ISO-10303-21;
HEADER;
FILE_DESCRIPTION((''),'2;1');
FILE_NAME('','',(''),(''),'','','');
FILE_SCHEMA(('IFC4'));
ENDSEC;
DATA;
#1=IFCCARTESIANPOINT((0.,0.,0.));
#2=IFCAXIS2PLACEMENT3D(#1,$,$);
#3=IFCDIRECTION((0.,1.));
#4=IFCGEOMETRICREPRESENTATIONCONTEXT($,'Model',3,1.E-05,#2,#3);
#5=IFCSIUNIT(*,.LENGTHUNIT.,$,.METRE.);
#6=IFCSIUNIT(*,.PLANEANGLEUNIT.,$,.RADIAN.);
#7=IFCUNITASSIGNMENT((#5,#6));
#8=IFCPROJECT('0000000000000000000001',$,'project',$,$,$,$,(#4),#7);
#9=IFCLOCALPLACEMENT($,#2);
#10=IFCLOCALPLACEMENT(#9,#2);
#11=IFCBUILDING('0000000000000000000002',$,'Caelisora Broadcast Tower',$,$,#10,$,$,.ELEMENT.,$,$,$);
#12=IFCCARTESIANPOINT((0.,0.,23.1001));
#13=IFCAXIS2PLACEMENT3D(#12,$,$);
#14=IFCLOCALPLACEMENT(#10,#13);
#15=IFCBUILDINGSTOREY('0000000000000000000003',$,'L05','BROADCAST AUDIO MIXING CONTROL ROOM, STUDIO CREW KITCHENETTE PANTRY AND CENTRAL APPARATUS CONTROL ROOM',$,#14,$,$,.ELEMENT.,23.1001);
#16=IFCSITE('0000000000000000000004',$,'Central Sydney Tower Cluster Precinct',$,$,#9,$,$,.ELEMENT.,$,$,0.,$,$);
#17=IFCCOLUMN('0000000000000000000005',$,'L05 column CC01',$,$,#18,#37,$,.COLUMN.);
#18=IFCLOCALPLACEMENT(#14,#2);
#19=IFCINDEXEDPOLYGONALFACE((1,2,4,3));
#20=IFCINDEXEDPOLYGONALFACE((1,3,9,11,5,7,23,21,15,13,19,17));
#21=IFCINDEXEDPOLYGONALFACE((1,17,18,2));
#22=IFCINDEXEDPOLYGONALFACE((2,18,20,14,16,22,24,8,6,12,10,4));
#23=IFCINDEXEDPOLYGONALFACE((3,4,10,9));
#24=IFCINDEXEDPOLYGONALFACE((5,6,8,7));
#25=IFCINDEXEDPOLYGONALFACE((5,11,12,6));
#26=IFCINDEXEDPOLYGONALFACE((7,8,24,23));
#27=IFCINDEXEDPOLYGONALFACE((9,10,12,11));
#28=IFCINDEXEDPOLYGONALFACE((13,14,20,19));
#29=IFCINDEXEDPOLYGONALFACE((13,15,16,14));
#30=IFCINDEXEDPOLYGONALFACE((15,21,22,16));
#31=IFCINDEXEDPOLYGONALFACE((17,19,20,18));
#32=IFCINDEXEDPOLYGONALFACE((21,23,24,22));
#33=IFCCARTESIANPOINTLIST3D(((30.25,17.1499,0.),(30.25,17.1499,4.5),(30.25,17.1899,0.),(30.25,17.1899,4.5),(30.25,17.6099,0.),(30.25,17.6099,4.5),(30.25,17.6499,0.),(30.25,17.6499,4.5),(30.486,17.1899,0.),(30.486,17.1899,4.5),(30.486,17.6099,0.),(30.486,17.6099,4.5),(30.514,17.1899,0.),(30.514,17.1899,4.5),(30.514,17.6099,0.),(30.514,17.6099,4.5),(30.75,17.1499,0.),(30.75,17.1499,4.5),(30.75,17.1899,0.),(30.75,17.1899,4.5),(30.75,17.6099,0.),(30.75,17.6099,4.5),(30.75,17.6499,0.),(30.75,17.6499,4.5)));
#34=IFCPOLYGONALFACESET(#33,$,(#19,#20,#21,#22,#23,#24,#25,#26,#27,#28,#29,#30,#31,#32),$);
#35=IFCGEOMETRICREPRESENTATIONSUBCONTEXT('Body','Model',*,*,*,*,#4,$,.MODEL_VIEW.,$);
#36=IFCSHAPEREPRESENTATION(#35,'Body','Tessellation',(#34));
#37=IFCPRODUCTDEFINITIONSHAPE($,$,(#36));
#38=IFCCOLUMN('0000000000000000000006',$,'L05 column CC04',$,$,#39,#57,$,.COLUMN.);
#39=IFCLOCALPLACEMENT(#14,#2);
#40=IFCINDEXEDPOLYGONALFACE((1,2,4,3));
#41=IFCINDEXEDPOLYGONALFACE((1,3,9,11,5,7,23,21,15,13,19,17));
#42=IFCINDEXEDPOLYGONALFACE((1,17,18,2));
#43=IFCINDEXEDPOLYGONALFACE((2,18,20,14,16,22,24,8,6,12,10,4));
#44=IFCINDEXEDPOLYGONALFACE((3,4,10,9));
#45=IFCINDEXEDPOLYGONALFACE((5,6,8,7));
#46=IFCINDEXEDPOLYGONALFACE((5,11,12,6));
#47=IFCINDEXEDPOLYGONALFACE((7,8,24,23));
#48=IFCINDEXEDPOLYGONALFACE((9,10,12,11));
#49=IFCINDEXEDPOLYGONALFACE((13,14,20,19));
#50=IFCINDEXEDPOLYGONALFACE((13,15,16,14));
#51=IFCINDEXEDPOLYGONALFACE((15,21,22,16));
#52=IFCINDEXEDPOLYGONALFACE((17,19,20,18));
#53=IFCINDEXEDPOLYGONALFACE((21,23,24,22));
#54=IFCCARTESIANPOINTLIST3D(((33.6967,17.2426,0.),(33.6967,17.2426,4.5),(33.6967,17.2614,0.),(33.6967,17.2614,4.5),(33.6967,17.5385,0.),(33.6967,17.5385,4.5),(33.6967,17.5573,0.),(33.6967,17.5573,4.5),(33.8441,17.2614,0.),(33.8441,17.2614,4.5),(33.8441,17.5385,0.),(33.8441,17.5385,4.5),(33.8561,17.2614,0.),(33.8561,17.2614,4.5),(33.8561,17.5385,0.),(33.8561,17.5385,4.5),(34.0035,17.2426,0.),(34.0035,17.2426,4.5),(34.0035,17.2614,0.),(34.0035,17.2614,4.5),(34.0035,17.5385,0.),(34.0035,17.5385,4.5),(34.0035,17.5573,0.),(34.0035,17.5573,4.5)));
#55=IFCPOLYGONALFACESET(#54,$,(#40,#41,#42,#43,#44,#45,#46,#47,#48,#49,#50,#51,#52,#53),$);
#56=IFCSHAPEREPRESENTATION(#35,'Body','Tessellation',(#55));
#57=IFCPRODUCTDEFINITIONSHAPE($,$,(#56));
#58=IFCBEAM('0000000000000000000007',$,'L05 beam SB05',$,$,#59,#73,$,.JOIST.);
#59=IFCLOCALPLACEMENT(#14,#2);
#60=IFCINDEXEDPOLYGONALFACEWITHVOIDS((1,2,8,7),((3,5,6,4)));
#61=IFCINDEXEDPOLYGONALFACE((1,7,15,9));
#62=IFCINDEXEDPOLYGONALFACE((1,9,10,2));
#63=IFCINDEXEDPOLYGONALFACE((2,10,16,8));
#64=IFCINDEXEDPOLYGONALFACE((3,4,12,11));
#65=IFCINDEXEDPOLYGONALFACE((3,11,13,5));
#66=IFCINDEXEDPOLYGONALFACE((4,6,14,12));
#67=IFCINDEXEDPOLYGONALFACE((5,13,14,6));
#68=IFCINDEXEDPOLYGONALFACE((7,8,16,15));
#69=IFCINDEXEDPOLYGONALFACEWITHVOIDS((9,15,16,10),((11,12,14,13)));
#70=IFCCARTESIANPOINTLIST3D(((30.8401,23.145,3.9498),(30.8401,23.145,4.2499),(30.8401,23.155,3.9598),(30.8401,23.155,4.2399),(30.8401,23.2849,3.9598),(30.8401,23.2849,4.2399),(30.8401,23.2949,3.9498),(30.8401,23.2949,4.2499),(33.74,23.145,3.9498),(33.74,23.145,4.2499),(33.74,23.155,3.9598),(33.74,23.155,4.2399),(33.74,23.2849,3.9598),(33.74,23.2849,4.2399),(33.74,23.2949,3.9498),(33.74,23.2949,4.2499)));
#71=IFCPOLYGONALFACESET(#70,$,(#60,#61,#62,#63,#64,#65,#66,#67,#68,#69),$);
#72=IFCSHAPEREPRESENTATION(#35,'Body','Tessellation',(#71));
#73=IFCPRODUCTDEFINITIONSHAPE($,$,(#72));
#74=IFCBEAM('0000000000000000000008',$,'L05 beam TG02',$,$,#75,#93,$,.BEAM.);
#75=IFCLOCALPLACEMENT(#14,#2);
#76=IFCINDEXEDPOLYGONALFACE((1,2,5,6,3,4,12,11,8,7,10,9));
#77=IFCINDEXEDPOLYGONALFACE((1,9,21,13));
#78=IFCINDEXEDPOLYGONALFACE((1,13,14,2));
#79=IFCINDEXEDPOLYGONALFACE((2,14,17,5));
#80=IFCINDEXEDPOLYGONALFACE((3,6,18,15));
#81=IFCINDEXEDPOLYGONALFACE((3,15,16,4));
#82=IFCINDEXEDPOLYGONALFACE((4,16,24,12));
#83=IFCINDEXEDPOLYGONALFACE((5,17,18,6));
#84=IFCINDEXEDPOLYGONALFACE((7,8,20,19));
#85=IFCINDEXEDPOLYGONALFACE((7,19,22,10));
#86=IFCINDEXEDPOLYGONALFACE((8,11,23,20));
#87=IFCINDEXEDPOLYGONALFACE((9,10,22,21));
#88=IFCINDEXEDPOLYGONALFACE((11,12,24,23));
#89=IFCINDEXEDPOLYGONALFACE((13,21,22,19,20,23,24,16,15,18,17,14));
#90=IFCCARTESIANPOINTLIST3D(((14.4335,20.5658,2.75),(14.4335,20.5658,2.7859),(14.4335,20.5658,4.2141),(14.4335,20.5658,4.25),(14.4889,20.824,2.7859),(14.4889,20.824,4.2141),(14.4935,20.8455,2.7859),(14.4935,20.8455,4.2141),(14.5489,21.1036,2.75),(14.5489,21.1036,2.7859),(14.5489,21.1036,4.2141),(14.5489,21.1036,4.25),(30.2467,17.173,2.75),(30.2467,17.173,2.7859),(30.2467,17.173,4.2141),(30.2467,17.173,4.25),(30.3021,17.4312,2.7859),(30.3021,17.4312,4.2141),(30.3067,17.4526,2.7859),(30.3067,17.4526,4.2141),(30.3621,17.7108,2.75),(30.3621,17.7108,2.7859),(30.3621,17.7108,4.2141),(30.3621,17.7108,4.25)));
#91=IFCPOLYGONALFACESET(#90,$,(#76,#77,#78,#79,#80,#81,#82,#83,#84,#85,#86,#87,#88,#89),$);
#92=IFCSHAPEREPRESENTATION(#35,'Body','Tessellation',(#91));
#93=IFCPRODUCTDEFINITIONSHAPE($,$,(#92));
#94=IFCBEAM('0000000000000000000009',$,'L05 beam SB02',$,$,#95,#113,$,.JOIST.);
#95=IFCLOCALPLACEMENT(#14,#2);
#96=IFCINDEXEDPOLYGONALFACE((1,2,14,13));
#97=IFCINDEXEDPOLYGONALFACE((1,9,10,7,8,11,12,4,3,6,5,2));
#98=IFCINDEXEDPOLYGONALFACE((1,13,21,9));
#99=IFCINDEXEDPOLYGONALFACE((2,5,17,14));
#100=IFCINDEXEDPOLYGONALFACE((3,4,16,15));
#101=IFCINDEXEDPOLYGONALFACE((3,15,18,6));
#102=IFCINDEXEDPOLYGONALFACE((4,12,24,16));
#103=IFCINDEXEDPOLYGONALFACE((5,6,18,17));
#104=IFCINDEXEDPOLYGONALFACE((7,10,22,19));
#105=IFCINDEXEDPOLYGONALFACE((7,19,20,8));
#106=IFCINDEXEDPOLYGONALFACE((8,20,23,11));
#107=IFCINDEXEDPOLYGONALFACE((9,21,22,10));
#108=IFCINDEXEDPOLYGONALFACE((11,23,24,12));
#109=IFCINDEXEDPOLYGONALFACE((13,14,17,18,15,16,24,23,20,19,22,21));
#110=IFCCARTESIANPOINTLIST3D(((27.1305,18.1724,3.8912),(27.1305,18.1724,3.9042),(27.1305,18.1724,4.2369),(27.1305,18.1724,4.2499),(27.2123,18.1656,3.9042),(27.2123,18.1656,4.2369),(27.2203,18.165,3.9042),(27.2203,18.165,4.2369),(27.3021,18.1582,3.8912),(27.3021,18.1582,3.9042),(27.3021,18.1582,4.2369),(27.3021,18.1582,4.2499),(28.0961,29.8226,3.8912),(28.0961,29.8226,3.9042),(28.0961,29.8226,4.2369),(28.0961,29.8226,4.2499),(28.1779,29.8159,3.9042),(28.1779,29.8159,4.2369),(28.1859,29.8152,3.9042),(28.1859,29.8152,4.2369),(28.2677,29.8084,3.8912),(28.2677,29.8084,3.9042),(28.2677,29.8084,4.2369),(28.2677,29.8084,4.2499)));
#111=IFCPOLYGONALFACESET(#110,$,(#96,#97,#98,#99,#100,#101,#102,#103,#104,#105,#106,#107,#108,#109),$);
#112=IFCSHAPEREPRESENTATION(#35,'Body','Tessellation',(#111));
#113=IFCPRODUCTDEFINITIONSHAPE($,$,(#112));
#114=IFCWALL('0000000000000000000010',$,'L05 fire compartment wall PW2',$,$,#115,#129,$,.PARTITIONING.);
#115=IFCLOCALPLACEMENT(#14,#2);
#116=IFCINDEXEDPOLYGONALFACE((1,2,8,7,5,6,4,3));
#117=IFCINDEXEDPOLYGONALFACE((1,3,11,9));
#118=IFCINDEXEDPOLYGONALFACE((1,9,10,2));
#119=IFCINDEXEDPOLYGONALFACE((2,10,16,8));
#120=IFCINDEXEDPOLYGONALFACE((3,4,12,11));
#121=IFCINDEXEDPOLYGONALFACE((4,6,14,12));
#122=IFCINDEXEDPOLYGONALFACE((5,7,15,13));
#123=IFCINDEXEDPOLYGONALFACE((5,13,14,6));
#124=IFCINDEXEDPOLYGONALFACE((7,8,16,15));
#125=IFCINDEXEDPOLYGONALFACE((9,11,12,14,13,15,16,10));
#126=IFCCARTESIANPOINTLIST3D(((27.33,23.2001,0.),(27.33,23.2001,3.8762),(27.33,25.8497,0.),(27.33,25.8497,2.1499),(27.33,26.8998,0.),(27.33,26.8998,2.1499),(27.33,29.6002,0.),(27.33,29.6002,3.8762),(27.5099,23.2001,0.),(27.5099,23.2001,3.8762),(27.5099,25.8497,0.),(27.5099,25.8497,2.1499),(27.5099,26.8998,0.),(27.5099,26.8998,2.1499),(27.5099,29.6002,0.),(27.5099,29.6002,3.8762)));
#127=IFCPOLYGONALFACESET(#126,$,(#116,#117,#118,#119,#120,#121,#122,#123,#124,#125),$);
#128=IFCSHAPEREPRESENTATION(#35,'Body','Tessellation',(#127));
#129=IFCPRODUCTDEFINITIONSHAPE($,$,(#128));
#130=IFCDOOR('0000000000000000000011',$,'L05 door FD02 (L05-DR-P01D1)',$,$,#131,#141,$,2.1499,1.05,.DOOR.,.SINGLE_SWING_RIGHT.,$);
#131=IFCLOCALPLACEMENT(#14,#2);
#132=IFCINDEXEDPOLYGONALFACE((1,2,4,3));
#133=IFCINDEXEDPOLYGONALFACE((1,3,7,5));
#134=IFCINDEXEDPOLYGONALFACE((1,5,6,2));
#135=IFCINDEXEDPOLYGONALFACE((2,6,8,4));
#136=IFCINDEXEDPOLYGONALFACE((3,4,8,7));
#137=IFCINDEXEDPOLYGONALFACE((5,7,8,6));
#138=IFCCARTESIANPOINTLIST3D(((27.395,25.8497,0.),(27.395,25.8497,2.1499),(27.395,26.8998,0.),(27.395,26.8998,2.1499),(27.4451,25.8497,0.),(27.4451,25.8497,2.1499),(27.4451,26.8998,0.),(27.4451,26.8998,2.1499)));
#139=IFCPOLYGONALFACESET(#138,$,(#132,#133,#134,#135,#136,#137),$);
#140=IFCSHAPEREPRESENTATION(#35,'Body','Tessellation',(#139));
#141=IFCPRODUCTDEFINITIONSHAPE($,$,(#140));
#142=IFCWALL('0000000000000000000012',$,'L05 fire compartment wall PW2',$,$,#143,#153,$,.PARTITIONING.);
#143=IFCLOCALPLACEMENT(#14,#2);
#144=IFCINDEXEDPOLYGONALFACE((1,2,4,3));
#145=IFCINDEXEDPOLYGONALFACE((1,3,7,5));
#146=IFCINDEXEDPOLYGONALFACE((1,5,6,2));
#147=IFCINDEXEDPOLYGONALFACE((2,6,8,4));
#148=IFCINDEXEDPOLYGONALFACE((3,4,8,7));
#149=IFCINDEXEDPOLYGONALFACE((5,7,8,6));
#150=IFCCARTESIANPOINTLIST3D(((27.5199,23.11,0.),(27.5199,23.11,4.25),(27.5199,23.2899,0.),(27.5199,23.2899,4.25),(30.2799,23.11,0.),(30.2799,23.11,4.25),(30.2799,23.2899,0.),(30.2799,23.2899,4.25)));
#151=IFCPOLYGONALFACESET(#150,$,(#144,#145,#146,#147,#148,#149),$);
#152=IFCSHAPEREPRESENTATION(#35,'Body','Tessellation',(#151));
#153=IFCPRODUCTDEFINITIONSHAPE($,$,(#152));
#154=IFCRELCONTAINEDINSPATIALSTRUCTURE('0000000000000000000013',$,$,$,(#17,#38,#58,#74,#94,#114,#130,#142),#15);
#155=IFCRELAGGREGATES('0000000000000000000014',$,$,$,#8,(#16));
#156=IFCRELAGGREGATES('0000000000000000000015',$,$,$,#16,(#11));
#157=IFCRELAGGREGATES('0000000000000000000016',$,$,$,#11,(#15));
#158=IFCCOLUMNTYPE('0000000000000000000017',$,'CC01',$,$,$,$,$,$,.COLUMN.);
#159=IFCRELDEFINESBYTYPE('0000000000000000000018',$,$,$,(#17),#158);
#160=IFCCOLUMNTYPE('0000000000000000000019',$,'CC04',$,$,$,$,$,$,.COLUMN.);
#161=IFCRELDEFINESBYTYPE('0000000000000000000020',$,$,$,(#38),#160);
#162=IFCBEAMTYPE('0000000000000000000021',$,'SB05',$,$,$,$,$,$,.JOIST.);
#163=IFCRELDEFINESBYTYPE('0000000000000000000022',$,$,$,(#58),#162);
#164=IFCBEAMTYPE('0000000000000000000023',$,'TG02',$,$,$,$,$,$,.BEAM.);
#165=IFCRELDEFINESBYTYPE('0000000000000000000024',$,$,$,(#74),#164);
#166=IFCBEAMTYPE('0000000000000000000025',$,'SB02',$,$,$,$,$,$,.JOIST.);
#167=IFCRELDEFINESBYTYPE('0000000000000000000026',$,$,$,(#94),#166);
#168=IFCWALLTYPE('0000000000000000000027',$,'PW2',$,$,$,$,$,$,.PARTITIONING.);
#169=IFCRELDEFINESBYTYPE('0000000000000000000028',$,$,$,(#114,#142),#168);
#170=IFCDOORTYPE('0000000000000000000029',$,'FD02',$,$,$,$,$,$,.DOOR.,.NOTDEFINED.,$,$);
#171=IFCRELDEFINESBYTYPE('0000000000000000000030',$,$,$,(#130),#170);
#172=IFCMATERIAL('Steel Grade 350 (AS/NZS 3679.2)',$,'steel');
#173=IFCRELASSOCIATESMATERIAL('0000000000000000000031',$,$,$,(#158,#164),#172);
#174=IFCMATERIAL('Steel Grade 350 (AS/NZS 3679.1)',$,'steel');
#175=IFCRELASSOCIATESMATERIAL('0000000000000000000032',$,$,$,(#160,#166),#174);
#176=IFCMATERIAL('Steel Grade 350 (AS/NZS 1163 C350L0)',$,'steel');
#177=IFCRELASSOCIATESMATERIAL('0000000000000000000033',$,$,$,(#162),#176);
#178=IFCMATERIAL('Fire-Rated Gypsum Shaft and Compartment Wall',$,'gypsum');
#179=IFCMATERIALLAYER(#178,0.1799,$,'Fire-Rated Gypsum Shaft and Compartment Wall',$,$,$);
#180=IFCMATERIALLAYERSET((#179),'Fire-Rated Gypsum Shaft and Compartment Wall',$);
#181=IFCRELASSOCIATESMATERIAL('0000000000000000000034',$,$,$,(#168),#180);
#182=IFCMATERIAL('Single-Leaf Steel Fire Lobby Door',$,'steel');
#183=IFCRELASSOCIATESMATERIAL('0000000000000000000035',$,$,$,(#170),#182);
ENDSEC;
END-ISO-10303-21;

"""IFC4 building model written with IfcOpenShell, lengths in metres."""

from ifc_helpers import new_model, si_unit, direction, frame, frame_2d, origin, origin_2d, place, context, subcontext, project, spatial, rectangle, hollow_rectangle, i_section, extrude, source, transform, mapped, material, layer, layer_set, material_profile, profile_set, type_object, type_shapes, element, fill, save


model = new_model("IFC4")

# Units and contexts
model_context = context("Model", 3, precision=1e-05, world=origin(), true_north=direction((0.0, 1.0)))
body_context = subcontext(model_context, "Body", "Model", "MODEL_VIEW")
ifc_project = project(units=[si_unit("LENGTHUNIT", "METRE"), si_unit("PLANEANGLEUNIT", "RADIAN")], contexts=[model_context])

# Site, building, storey
site_placement = place(None, origin())
site = spatial("IfcSite", under=ifc_project, at=site_placement, Name="Central Sydney Tower Cluster Precinct", CompositionType="ELEMENT", RefElevation=0.0)
building_placement = place(site_placement, origin())
building = spatial("IfcBuilding", under=site, at=building_placement, Name="Caelisora Broadcast Tower", CompositionType="ELEMENT")
storey_placement = place(building_placement, frame((0.0, 0.0, 23.1001)))
storey = spatial("IfcBuildingStorey", under=building, at=storey_placement, Name="L05", Description="BROADCAST AUDIO MIXING CONTROL ROOM, STUDIO CREW KITCHENETTE PANTRY AND CENTRAL APPARATUS CONTROL ROOM", CompositionType="ELEMENT", Elevation=23.1001)

# Columns
ifc_material_1 = material(Name="Steel Grade 350 (AS/NZS 3679.2)", Category="steel")
ifc_material_profile_1 = material_profile(ifc_material_1, i_section(OverallWidth=0.5, OverallDepth=0.5, WebThickness=0.0281, FlangeThickness=0.04, at=origin_2d()), Name="Steel Grade 350 (AS/NZS 3679.2)")
ifc_profile_set_1 = profile_set([ifc_material_profile_1], Name="Steel Grade 350 (AS/NZS 3679.2)")
column_type_1 = type_object("IfcColumnType", Name="CC01", PredefinedType="COLUMN", material=ifc_profile_set_1)
shared_shape_1 = source(origin(), body_context, "Body", "SweptSolid", [
    extrude(i_section(OverallWidth=0.5, OverallDepth=0.5, WebThickness=0.0281, FlangeThickness=0.04, at=origin_2d()), origin(), (0.0, 0.0, 1.0), 4.5),
])
type_shapes(column_type_1, [shared_shape_1])
column_1_placement = place(storey_placement, frame((30.5, 17.3999, 0.0), z_axis=(0.0, 0.0, 1.0), x_axis=(1.0, 0.0, 0.0)))
element("IfcColumn", 1, at=column_1_placement, inside=storey, type_object=column_type_1, Name="L05 column CC01", PredefinedType="COLUMN", context=body_context, shape_type="MappedRepresentation", body=[
    mapped(shared_shape_1, transform((0.0, 0.0, 0.0), scale=1.0)),
])
ifc_material_2 = material(Name="Steel Grade 350 (AS/NZS 3679.1)", Category="steel")
ifc_material_profile_2 = material_profile(ifc_material_2, i_section(OverallWidth=0.3069, OverallDepth=0.3147, WebThickness=0.012, FlangeThickness=0.0188, at=origin_2d()), Name="Steel Grade 350 (AS/NZS 3679.1)")
ifc_profile_set_2 = profile_set([ifc_material_profile_2], Name="Steel Grade 350 (AS/NZS 3679.1)")
column_type_2 = type_object("IfcColumnType", Name="CC04", PredefinedType="COLUMN", material=ifc_profile_set_2)
shared_shape_2 = source(origin(), body_context, "Body", "SweptSolid", [
    extrude(i_section(OverallWidth=0.3069, OverallDepth=0.3147, WebThickness=0.012, FlangeThickness=0.0188, at=origin_2d()), origin(), (0.0, 0.0, 1.0), 4.5),
])
type_shapes(column_type_2, [shared_shape_2])
column_2_placement = place(storey_placement, frame((33.8501, 17.3999, 0.0), z_axis=(0.0, 0.0, 1.0), x_axis=(1.0, 0.0, 0.0)))
element("IfcColumn", 2, at=column_2_placement, inside=storey, type_object=column_type_2, Name="L05 column CC04", PredefinedType="COLUMN", context=body_context, shape_type="MappedRepresentation", body=[
    mapped(shared_shape_2, transform((0.0, 0.0, 0.0), scale=1.0)),
])

# Beams
ifc_material_3 = material(Name="Steel Grade 350 (AS/NZS 1163 C350L0)", Category="steel")
ifc_material_profile_3 = material_profile(ifc_material_3, hollow_rectangle(XDim=0.1499, YDim=0.3, WallThickness=0.01, at=origin_2d()), Name="Steel Grade 350 (AS/NZS 1163 C350L0)")
ifc_profile_set_3 = profile_set([ifc_material_profile_3], Name="Steel Grade 350 (AS/NZS 1163 C350L0)")
beam_type_1 = type_object("IfcBeamType", Name="SB05", PredefinedType="JOIST", material=ifc_profile_set_3)
shared_shape_3 = source(origin(), body_context, "Body", "SweptSolid", [
    extrude(hollow_rectangle(XDim=0.1499, YDim=0.3, WallThickness=0.01, at=origin_2d()), origin(), (0.0, 0.0, 1.0), 2.8999),
])
type_shapes(beam_type_1, [shared_shape_3])
beam_1_placement = place(storey_placement, frame((30.8401, 23.22, 4.0999), z_axis=(1.0, 0.0, 0.0), x_axis=(0.0, 1.0, 0.0)))
element("IfcBeam", 3, at=beam_1_placement, inside=storey, type_object=beam_type_1, Name="L05 beam SB05", PredefinedType="JOIST", context=body_context, shape_type="MappedRepresentation", body=[
    mapped(shared_shape_3, transform((0.0, 0.0, 0.0), scale=1.0)),
])
ifc_material_profile_4 = material_profile(ifc_material_1, i_section(OverallWidth=0.55, OverallDepth=1.5, WebThickness=0.022, FlangeThickness=0.0359, at=origin_2d()), Name="Steel Grade 350 (AS/NZS 3679.2)")
ifc_profile_set_4 = profile_set([ifc_material_profile_4], Name="Steel Grade 350 (AS/NZS 3679.2)")
beam_type_2 = type_object("IfcBeamType", Name="TG02", PredefinedType="BEAM", material=ifc_profile_set_4)
shared_shape_4 = source(origin(), body_context, "Body", "SweptSolid", [
    extrude(i_section(OverallWidth=0.55, OverallDepth=1.5, WebThickness=0.022, FlangeThickness=0.0359, at=origin_2d()), origin(), (0.0, 0.0, 1.0), 16.1731),
])
type_shapes(beam_type_2, [shared_shape_4])
beam_2_placement = place(storey_placement, frame((30.3044, 17.4419, 3.5), z_axis=(-0.977748, 0.209782, 0.0), x_axis=(-0.209782, -0.977748, 0.0)))
element("IfcBeam", 4, at=beam_2_placement, inside=storey, type_object=beam_type_2, Name="L05 beam TG02", PredefinedType="BEAM", context=body_context, shape_type="MappedRepresentation", body=[
    mapped(shared_shape_4, transform((0.0, 0.0, 0.0), scale=1.0)),
])
ifc_material_profile_5 = material_profile(ifc_material_2, i_section(OverallWidth=0.1721, OverallDepth=0.3586, WebThickness=0.0081, FlangeThickness=0.0129, at=origin_2d()), Name="Steel Grade 350 (AS/NZS 3679.1)")
ifc_profile_set_5 = profile_set([ifc_material_profile_5], Name="Steel Grade 350 (AS/NZS 3679.1)")
beam_type_3 = type_object("IfcBeamType", Name="SB02", PredefinedType="JOIST", material=ifc_profile_set_5)
shared_shape_5 = source(origin(), body_context, "Body", "SweptSolid", [
    extrude(i_section(OverallWidth=0.1721, OverallDepth=0.3586, WebThickness=0.0081, FlangeThickness=0.0129, at=origin_2d()), origin(), (0.0, 0.0, 1.0), 11.6902),
])
type_shapes(beam_type_3, [shared_shape_5])
beam_3_placement = place(storey_placement, frame((27.2163, 18.1653, 4.0706), z_axis=(0.082598, 0.996583, 0.0), x_axis=(-0.996583, 0.082598, 0.0)))
element("IfcBeam", 5, at=beam_3_placement, inside=storey, type_object=beam_type_3, Name="L05 beam SB02", PredefinedType="JOIST", context=body_context, shape_type="MappedRepresentation", body=[
    mapped(shared_shape_5, transform((0.0, 0.0, 0.0), scale=1.0)),
])

# Wall, opening, door
ifc_material_4 = material(Name="Fire-Rated Gypsum Shaft and Compartment Wall", Category="gypsum")
ifc_layer_1 = layer(ifc_material_4, 0.1799, Name="Fire-Rated Gypsum Shaft and Compartment Wall")
ifc_layer_set_1 = layer_set([ifc_layer_1], Name="Fire-Rated Gypsum Shaft and Compartment Wall")
wall_type = type_object("IfcWallType", Name="PW2", PredefinedType="PARTITIONING", material=ifc_layer_set_1)
wall_1_placement = place(storey_placement, frame((27.4199, 23.2, 0.0), z_axis=(0.0, 0.0, 1.0), x_axis=(0.0, 1.0, 0.0)))
wall_1 = element("IfcWall", 6, at=wall_1_placement, inside=storey, type_object=wall_type, Name="L05 fire compartment wall PW2", PredefinedType="PARTITIONING", context=body_context, shape_type="SweptSolid", body=[
    extrude(rectangle(XDim=6.4001, YDim=0.1799, at=frame_2d((3.2002, 0.0))), origin(), (0.0, 0.0, 1.0), 3.8762),
])
opening_placement = place(wall_1_placement, frame((2.6499, 0.0, 0.0)))
opening = element("IfcOpeningElement", 7, at=opening_placement, cuts=wall_1, PredefinedType="OPENING", context=body_context, shape_type="SweptSolid", body=[
    extrude(rectangle(XDim=1.05, YDim=2.1499, at=frame_2d((0.5249, 1.075))), frame((0.0, 0.1021, 0.0), z_axis=(0.0, -1.0, 0.0), x_axis=(1.0, 0.0, 0.0)), (0.0, 0.0, 1.0), 0.2039),
])
ifc_material_5 = material(Name="Single-Leaf Steel Fire Lobby Door", Category="steel")
door_type = type_object("IfcDoorType", Name="FD02", OperationType="NOTDEFINED", PredefinedType="DOOR", material=ifc_material_5)
door_placement = place(opening_placement, origin())
door = element("IfcDoor", 8, at=door_placement, inside=storey, type_object=door_type, Name="L05 door FD02 (L05-DR-P01D1)", OperationType="SINGLE_SWING_RIGHT", OverallHeight=2.1499, OverallWidth=1.05, PredefinedType="DOOR", context=body_context, shape_type="SweptSolid", body=[
    extrude(rectangle(XDim=1.05, YDim=2.1499, at=frame_2d((0.5249, 1.075))), frame((0.0, 0.0249, 0.0), z_axis=(0.0, -1.0, 0.0), x_axis=(1.0, 0.0, 0.0)), (0.0, 0.0, 1.0), 0.05),
])
fill(opening, door)

# Wall
wall_2_placement = place(storey_placement, frame((27.52, 23.2, 0.0), z_axis=(0.0, 0.0, 1.0), x_axis=(1.0, 0.0, 0.0)))
element("IfcWall", 9, at=wall_2_placement, inside=storey, type_object=wall_type, Name="L05 fire compartment wall PW2", PredefinedType="PARTITIONING", context=body_context, shape_type="SweptSolid", body=[
    extrude(rectangle(XDim=2.76, YDim=0.1799, at=frame_2d((1.3799, 0.0))), origin(), (0.0, 0.0, 1.0), 4.25),
])

save(model, "model.ifc")
